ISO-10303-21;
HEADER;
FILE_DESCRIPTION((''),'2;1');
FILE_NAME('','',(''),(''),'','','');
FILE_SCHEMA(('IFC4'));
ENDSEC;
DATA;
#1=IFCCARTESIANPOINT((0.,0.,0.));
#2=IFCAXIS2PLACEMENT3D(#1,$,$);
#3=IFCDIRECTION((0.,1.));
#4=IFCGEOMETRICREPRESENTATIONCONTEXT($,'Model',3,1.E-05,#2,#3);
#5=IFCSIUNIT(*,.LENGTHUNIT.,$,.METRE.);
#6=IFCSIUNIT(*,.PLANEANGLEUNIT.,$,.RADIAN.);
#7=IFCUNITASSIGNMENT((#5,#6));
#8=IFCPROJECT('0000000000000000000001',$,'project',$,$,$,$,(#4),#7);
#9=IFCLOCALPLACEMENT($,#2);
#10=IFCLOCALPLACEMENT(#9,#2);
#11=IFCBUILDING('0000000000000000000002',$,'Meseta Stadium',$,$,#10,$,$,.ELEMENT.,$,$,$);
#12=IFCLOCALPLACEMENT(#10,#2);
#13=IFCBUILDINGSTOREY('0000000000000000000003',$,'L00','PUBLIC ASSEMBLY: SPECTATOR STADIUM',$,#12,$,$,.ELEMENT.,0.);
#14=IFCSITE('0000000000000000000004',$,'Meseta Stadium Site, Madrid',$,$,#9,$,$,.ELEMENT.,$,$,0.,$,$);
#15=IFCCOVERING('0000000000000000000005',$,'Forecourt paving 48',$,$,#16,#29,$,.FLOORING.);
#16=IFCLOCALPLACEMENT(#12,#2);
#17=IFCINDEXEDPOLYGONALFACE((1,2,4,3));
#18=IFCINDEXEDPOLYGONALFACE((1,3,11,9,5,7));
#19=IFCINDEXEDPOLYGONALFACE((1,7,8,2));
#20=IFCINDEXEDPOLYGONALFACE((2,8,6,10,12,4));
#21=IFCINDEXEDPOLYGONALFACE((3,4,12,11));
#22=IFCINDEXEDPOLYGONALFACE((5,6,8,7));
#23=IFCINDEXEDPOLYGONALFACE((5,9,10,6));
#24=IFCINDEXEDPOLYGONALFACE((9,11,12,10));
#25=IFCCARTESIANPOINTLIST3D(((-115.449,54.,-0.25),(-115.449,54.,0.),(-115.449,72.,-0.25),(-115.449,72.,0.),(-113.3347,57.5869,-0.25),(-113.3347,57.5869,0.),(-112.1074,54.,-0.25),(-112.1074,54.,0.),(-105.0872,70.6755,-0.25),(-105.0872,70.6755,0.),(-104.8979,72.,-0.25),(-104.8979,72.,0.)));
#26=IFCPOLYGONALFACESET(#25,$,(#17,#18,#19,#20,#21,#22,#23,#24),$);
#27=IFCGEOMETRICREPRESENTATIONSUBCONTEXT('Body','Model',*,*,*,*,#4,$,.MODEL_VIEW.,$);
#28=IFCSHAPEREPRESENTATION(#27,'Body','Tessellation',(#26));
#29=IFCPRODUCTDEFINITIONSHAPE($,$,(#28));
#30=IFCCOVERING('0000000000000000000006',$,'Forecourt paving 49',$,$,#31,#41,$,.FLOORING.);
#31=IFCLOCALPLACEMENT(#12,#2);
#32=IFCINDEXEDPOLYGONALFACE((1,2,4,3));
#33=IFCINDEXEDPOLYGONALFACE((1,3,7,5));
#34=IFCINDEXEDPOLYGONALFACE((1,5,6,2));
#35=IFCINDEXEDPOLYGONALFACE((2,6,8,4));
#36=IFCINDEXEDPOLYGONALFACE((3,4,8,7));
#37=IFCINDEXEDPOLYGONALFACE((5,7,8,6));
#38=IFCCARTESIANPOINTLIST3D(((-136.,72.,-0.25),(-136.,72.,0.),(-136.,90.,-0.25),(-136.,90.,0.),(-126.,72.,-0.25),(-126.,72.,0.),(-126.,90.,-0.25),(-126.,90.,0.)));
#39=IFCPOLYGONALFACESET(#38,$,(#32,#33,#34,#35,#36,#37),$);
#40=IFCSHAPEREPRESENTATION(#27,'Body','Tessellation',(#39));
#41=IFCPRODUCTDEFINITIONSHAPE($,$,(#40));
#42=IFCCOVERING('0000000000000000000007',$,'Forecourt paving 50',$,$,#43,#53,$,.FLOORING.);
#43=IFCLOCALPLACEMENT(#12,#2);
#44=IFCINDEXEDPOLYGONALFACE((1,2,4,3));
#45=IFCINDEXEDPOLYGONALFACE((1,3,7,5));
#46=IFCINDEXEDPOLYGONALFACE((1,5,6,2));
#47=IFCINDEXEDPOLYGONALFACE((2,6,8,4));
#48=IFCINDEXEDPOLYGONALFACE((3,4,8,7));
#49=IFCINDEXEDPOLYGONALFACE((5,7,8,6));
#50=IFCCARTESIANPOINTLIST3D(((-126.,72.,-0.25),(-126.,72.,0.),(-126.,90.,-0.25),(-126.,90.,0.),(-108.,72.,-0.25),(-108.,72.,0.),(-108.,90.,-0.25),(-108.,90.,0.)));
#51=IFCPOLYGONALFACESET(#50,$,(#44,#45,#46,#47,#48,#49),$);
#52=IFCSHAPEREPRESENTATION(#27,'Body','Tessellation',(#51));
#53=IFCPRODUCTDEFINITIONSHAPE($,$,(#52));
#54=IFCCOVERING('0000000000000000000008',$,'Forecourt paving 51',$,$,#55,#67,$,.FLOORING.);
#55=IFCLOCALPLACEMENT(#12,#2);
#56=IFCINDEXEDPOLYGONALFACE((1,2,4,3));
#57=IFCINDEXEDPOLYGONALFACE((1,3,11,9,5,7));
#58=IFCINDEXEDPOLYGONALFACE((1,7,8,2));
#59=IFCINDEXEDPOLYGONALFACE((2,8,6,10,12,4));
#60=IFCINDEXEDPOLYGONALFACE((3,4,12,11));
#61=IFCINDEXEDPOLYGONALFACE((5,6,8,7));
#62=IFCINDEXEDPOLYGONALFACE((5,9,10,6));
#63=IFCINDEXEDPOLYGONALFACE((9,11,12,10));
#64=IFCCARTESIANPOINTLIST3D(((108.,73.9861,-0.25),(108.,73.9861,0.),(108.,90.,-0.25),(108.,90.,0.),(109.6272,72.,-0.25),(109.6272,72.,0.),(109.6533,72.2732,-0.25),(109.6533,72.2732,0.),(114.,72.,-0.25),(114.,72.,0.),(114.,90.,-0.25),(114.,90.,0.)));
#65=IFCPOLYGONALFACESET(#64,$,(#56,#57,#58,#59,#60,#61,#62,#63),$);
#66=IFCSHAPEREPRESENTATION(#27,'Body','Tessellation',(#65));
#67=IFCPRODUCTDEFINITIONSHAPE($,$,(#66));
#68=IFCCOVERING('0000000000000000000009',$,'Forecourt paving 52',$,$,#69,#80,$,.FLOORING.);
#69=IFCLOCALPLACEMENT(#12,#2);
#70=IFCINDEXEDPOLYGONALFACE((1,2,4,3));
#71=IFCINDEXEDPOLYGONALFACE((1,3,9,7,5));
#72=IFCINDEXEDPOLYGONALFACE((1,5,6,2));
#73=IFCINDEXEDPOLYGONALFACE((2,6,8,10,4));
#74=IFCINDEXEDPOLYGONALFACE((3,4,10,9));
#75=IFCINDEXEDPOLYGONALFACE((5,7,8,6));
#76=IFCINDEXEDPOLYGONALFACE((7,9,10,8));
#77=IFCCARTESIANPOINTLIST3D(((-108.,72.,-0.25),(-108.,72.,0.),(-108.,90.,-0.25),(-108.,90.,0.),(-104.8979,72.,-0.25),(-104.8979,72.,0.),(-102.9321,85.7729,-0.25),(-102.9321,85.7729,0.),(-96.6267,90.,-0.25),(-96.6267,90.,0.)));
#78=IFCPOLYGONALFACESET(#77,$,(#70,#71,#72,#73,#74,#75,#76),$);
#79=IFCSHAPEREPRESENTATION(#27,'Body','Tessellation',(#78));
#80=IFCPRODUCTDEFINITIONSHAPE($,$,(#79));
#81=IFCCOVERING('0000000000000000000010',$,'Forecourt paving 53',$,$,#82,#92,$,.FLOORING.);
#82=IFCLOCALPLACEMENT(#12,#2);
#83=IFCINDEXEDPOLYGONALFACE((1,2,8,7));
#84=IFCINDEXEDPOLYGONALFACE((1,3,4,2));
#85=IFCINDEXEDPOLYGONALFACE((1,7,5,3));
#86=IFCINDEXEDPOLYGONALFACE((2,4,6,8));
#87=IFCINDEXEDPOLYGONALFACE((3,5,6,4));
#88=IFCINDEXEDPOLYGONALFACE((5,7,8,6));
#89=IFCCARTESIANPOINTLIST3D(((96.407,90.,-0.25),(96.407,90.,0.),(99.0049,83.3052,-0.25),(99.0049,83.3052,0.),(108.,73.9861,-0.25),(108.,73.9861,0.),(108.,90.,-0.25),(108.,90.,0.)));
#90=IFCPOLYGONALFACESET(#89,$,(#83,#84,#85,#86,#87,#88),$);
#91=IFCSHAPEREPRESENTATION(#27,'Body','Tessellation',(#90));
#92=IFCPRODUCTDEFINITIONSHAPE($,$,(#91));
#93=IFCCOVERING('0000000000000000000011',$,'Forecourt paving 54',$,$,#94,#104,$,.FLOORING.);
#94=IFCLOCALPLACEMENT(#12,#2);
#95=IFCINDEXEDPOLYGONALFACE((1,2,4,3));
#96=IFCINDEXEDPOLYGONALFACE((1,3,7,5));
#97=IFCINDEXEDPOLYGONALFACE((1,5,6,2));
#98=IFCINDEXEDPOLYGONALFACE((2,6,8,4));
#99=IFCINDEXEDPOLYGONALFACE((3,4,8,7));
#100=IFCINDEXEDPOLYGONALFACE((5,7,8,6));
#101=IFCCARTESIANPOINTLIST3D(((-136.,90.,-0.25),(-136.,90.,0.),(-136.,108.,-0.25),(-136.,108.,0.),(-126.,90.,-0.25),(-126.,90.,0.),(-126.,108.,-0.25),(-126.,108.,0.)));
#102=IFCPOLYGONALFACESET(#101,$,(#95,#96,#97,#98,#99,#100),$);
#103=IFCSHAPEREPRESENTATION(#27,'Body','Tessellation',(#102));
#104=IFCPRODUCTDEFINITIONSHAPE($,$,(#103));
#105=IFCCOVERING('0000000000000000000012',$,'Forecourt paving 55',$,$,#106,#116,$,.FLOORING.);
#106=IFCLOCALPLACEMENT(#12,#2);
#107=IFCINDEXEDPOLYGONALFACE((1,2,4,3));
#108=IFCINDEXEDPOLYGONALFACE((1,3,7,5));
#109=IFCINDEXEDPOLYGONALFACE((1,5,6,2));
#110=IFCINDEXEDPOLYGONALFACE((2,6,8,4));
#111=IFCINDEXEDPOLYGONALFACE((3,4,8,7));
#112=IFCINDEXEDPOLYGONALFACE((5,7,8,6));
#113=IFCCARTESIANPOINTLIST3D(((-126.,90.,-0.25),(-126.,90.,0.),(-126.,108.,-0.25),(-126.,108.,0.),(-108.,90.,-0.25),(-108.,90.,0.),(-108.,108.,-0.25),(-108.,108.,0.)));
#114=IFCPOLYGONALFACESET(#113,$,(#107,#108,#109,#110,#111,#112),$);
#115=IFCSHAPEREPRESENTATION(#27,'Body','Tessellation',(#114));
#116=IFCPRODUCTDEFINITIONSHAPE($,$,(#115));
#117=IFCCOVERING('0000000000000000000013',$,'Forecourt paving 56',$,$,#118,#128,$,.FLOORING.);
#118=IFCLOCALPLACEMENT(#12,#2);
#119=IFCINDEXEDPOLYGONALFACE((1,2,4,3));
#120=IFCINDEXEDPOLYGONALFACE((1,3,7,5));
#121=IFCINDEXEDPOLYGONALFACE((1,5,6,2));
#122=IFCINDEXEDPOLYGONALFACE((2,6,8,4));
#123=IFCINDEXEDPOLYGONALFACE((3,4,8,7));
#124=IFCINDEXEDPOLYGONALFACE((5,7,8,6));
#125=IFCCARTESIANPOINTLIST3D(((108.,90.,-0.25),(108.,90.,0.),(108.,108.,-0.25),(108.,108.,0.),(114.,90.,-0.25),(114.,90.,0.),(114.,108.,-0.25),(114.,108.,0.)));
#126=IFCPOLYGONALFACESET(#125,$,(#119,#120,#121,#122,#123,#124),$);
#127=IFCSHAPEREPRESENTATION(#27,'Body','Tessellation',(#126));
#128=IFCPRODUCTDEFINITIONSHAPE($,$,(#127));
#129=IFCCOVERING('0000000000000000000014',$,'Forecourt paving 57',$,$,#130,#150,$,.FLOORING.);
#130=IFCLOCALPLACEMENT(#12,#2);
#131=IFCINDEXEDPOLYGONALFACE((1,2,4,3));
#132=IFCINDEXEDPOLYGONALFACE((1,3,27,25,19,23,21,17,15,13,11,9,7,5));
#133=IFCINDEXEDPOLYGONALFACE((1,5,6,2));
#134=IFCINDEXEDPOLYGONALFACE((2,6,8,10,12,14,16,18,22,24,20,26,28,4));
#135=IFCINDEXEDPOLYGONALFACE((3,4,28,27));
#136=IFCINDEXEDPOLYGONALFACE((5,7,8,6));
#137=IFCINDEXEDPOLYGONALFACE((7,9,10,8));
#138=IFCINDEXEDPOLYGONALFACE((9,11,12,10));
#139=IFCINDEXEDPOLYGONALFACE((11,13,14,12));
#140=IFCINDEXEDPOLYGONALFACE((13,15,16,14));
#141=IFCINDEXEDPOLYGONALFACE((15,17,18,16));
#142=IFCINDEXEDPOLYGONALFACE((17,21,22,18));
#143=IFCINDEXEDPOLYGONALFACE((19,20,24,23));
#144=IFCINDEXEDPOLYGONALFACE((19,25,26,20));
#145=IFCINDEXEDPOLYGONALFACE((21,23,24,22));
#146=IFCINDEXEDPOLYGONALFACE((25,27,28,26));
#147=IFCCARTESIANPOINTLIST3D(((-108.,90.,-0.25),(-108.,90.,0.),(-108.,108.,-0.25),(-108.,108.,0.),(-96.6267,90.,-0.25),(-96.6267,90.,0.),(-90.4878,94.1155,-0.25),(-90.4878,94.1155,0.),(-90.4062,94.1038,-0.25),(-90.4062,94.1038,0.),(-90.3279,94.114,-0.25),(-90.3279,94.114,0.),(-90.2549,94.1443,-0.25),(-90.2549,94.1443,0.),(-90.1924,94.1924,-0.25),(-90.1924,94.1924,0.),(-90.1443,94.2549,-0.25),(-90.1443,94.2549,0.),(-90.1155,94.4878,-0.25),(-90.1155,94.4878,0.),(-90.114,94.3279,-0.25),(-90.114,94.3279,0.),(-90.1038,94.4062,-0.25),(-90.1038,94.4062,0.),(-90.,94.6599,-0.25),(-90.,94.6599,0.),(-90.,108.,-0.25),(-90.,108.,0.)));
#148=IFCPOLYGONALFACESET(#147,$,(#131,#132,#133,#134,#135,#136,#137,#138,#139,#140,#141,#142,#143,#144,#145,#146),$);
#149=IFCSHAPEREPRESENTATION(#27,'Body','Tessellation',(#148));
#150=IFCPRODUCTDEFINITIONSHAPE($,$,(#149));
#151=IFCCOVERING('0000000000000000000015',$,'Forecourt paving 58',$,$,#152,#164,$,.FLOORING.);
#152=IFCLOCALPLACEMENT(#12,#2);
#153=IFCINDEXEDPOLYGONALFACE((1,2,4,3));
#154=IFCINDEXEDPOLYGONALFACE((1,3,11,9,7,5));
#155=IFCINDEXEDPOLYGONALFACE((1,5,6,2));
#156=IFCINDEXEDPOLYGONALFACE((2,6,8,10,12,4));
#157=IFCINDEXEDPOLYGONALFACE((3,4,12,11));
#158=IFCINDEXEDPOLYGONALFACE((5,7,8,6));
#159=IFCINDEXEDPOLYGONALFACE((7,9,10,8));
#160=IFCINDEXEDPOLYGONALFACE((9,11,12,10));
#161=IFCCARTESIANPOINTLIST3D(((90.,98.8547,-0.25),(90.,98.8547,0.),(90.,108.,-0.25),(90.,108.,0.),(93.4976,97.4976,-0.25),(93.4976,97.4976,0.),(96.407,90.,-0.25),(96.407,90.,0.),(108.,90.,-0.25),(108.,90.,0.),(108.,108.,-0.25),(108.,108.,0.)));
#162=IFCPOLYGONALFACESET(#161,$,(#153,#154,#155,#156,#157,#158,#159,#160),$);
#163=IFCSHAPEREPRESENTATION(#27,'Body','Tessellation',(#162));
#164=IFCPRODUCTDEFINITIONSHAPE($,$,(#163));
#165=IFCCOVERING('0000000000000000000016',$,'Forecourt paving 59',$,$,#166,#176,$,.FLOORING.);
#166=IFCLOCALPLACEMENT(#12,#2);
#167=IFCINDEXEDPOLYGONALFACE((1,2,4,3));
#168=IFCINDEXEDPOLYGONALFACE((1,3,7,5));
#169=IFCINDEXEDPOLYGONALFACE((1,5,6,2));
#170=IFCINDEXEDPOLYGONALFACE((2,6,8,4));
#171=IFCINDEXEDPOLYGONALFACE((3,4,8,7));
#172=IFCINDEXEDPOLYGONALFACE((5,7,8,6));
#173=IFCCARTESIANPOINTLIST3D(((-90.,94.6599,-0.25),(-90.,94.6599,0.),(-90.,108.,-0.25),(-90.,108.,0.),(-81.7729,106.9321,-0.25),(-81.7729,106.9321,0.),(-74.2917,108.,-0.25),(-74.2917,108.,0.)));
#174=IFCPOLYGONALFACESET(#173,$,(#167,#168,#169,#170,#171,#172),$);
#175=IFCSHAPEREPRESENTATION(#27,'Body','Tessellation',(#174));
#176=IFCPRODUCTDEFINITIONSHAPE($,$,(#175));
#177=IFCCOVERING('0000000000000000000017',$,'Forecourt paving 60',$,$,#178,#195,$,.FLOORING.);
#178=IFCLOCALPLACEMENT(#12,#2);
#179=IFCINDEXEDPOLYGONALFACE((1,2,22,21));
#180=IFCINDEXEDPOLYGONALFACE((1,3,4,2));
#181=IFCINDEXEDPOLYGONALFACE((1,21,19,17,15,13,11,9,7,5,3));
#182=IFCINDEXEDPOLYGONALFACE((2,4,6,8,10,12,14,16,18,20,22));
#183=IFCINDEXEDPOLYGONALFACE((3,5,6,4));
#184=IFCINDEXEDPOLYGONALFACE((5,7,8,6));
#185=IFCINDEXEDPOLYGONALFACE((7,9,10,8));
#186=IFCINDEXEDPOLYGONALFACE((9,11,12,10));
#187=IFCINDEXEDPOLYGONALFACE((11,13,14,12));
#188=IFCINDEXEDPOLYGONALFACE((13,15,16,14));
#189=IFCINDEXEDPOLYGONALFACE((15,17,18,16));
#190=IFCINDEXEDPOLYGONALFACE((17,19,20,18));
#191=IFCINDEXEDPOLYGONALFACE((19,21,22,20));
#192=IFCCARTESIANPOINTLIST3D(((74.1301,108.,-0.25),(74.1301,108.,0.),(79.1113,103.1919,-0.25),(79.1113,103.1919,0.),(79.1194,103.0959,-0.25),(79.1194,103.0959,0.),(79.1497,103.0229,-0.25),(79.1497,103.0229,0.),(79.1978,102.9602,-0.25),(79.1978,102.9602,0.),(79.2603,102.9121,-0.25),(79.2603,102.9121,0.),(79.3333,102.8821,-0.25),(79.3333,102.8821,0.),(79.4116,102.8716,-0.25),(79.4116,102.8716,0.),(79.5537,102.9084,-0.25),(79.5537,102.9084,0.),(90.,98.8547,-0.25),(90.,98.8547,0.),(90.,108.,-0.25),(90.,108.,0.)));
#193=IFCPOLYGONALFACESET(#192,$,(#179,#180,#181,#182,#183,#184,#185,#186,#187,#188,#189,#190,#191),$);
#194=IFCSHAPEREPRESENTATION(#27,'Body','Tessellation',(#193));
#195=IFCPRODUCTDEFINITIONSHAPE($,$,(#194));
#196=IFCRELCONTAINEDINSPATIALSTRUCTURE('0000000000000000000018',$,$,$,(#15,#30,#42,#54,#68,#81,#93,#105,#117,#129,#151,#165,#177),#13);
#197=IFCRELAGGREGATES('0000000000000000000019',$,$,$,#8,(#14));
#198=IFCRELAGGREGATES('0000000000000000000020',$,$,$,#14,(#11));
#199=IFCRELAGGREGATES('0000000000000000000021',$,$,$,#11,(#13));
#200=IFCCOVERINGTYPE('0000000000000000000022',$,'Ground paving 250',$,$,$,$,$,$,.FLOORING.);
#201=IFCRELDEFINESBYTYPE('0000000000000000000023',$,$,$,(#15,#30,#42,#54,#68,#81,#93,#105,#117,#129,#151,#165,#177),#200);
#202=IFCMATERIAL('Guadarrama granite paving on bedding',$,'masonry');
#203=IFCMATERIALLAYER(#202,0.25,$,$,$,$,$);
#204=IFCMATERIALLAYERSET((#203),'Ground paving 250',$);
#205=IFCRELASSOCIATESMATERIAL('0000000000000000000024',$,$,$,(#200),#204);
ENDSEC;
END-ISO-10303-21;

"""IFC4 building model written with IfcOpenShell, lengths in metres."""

from ifc_helpers import new_model, si_unit, direction, frame, origin, place, context, subcontext, project, spatial, polyline, outline, extrude, material, layer, layer_set, type_object, element, save


model = new_model("IFC4")

# Units and contexts
model_context = context("Model", 3, precision=1e-05, world=origin(), true_north=direction((0.0, 1.0)))
body_context = subcontext(model_context, "Body", "Model", "MODEL_VIEW")
ifc_project = project(units=[si_unit("LENGTHUNIT", "METRE"), si_unit("PLANEANGLEUNIT", "RADIAN")], contexts=[model_context])

# Site, building, storey
site_placement = place(None, origin())
site = spatial("IfcSite", under=ifc_project, at=site_placement, Name="Meseta Stadium Site, Madrid", CompositionType="ELEMENT", RefElevation=0.0)
building_placement = place(site_placement, origin())
building = spatial("IfcBuilding", under=site, at=building_placement, Name="Meseta Stadium", CompositionType="ELEMENT")
storey_placement = place(building_placement, origin())
storey = spatial("IfcBuildingStorey", under=building, at=storey_placement, Name="L00", Description="PUBLIC ASSEMBLY: SPECTATOR STADIUM", CompositionType="ELEMENT", Elevation=0.0)

# Coverings
ifc_material = material(Name="Guadarrama granite paving on bedding", Category="masonry")
ifc_layer = layer(ifc_material, 0.25)
ifc_layer_set = layer_set([ifc_layer], Name="Ground paving 250")
covering_type = type_object("IfcCoveringType", Name="Ground paving 250", PredefinedType="FLOORING", material=ifc_layer_set)
covering_1_placement = place(storey_placement, frame((0.0, 0.0, -0.25)))
element("IfcCovering", 1, at=covering_1_placement, inside=storey, type_object=covering_type, Name="Forecourt paving 48", PredefinedType="FLOORING", context=body_context, shape_type="SweptSolid", body=[
    extrude(outline(polyline([(-115.449, 54.0), (-112.1074, 54.0), (-113.3347, 57.5869), (-105.0872, 70.6755), (-104.8979, 72.0), (-115.449, 72.0), (-115.449, 54.0)])), origin(), (0.0, 0.0, 1.0), 0.25),
])
covering_2_placement = place(storey_placement, frame((0.0, 0.0, -0.25)))
element("IfcCovering", 2, at=covering_2_placement, inside=storey, type_object=covering_type, Name="Forecourt paving 49", PredefinedType="FLOORING", context=body_context, shape_type="SweptSolid", body=[
    extrude(outline(polyline([(-136.0, 90.0), (-136.0, 72.0), (-126.0, 72.0), (-126.0, 90.0), (-136.0, 90.0)])), origin(), (0.0, 0.0, 1.0), 0.25),
])
covering_3_placement = place(storey_placement, frame((0.0, 0.0, -0.25)))
element("IfcCovering", 3, at=covering_3_placement, inside=storey, type_object=covering_type, Name="Forecourt paving 50", PredefinedType="FLOORING", context=body_context, shape_type="SweptSolid", body=[
    extrude(outline(polyline([(-108.0, 72.0), (-108.0, 90.0), (-126.0, 90.0), (-126.0, 72.0), (-108.0, 72.0)])), origin(), (0.0, 0.0, 1.0), 0.25),
])
covering_4_placement = place(storey_placement, frame((0.0, 0.0, -0.25)))
element("IfcCovering", 4, at=covering_4_placement, inside=storey, type_object=covering_type, Name="Forecourt paving 51", PredefinedType="FLOORING", context=body_context, shape_type="SweptSolid", body=[
    extrude(outline(polyline([(108.0, 73.9861), (109.6533, 72.2732), (109.6272, 72.0), (114.0, 72.0), (114.0, 90.0), (108.0, 90.0), (108.0, 73.9861)])), origin(), (0.0, 0.0, 1.0), 0.25),
])
covering_5_placement = place(storey_placement, frame((0.0, 0.0, -0.25)))
element("IfcCovering", 5, at=covering_5_placement, inside=storey, type_object=covering_type, Name="Forecourt paving 52", PredefinedType="FLOORING", context=body_context, shape_type="SweptSolid", body=[
    extrude(outline(polyline([(-104.8979, 72.0), (-102.9321, 85.7729), (-96.6267, 90.0), (-108.0, 90.0), (-108.0, 72.0), (-104.8979, 72.0)])), origin(), (0.0, 0.0, 1.0), 0.25),
])
covering_6_placement = place(storey_placement, frame((0.0, 0.0, -0.25)))
element("IfcCovering", 6, at=covering_6_placement, inside=storey, type_object=covering_type, Name="Forecourt paving 53", PredefinedType="FLOORING", context=body_context, shape_type="SweptSolid", body=[
    extrude(outline(polyline([(96.407, 90.0), (99.0049, 83.3052), (108.0, 73.9861), (108.0, 90.0), (96.407, 90.0)])), origin(), (0.0, 0.0, 1.0), 0.25),
])
covering_7_placement = place(storey_placement, frame((0.0, 0.0, -0.25)))
element("IfcCovering", 7, at=covering_7_placement, inside=storey, type_object=covering_type, Name="Forecourt paving 54", PredefinedType="FLOORING", context=body_context, shape_type="SweptSolid", body=[
    extrude(outline(polyline([(-136.0, 108.0), (-136.0, 90.0), (-126.0, 90.0), (-126.0, 108.0), (-136.0, 108.0)])), origin(), (0.0, 0.0, 1.0), 0.25),
])
covering_8_placement = place(storey_placement, frame((0.0, 0.0, -0.25)))
element("IfcCovering", 8, at=covering_8_placement, inside=storey, type_object=covering_type, Name="Forecourt paving 55", PredefinedType="FLOORING", context=body_context, shape_type="SweptSolid", body=[
    extrude(outline(polyline([(-108.0, 90.0), (-108.0, 108.0), (-126.0, 108.0), (-126.0, 90.0), (-108.0, 90.0)])), origin(), (0.0, 0.0, 1.0), 0.25),
])
covering_9_placement = place(storey_placement, frame((0.0, 0.0, -0.25)))
element("IfcCovering", 9, at=covering_9_placement, inside=storey, type_object=covering_type, Name="Forecourt paving 56", PredefinedType="FLOORING", context=body_context, shape_type="SweptSolid", body=[
    extrude(outline(polyline([(114.0, 90.0), (114.0, 108.0), (108.0, 108.0), (108.0, 90.0), (114.0, 90.0)])), origin(), (0.0, 0.0, 1.0), 0.25),
])
covering_10_placement = place(storey_placement, frame((0.0, 0.0, -0.25)))
element("IfcCovering", 10, at=covering_10_placement, inside=storey, type_object=covering_type, Name="Forecourt paving 57", PredefinedType="FLOORING", context=body_context, shape_type="SweptSolid", body=[
    extrude(outline(polyline([(-90.0, 108.0), (-108.0, 108.0), (-108.0, 90.0), (-96.6267, 90.0), (-90.4878, 94.1155), (-90.4062, 94.1038), (-90.3279, 94.114), (-90.2549, 94.1443), (-90.1924, 94.1924), (-90.1443, 94.2549), (-90.114, 94.3279), (-90.1038, 94.4062), (-90.1155, 94.4878), (-90.0, 94.6599), (-90.0, 108.0)])), origin(), (0.0, 0.0, 1.0), 0.25),
])
covering_11_placement = place(storey_placement, frame((0.0, 0.0, -0.25)))
element("IfcCovering", 11, at=covering_11_placement, inside=storey, type_object=covering_type, Name="Forecourt paving 58", PredefinedType="FLOORING", context=body_context, shape_type="SweptSolid", body=[
    extrude(outline(polyline([(90.0, 98.8547), (93.4976, 97.4976), (96.407, 90.0), (108.0, 90.0), (108.0, 108.0), (90.0, 108.0), (90.0, 98.8547)])), origin(), (0.0, 0.0, 1.0), 0.25),
])
covering_12_placement = place(storey_placement, frame((0.0, 0.0, -0.25)))
element("IfcCovering", 12, at=covering_12_placement, inside=storey, type_object=covering_type, Name="Forecourt paving 59", PredefinedType="FLOORING", context=body_context, shape_type="SweptSolid", body=[
    extrude(outline(polyline([(-90.0, 94.6599), (-81.7729, 106.9321), (-74.2917, 108.0), (-90.0, 108.0), (-90.0, 94.6599)])), origin(), (0.0, 0.0, 1.0), 0.25),
])
covering_13_placement = place(storey_placement, frame((0.0, 0.0, -0.25)))
element("IfcCovering", 13, at=covering_13_placement, inside=storey, type_object=covering_type, Name="Forecourt paving 60", PredefinedType="FLOORING", context=body_context, shape_type="SweptSolid", body=[
    extrude(outline(polyline([(74.1301, 108.0), (79.1113, 103.1919), (79.1194, 103.0959), (79.1497, 103.0229), (79.1978, 102.9602), (79.2603, 102.9121), (79.3333, 102.8821), (79.4116, 102.8716), (79.5537, 102.9084), (90.0, 98.8547), (90.0, 108.0), (74.1301, 108.0)])), origin(), (0.0, 0.0, 1.0), 0.25),
])

save(model, "model.ifc")
